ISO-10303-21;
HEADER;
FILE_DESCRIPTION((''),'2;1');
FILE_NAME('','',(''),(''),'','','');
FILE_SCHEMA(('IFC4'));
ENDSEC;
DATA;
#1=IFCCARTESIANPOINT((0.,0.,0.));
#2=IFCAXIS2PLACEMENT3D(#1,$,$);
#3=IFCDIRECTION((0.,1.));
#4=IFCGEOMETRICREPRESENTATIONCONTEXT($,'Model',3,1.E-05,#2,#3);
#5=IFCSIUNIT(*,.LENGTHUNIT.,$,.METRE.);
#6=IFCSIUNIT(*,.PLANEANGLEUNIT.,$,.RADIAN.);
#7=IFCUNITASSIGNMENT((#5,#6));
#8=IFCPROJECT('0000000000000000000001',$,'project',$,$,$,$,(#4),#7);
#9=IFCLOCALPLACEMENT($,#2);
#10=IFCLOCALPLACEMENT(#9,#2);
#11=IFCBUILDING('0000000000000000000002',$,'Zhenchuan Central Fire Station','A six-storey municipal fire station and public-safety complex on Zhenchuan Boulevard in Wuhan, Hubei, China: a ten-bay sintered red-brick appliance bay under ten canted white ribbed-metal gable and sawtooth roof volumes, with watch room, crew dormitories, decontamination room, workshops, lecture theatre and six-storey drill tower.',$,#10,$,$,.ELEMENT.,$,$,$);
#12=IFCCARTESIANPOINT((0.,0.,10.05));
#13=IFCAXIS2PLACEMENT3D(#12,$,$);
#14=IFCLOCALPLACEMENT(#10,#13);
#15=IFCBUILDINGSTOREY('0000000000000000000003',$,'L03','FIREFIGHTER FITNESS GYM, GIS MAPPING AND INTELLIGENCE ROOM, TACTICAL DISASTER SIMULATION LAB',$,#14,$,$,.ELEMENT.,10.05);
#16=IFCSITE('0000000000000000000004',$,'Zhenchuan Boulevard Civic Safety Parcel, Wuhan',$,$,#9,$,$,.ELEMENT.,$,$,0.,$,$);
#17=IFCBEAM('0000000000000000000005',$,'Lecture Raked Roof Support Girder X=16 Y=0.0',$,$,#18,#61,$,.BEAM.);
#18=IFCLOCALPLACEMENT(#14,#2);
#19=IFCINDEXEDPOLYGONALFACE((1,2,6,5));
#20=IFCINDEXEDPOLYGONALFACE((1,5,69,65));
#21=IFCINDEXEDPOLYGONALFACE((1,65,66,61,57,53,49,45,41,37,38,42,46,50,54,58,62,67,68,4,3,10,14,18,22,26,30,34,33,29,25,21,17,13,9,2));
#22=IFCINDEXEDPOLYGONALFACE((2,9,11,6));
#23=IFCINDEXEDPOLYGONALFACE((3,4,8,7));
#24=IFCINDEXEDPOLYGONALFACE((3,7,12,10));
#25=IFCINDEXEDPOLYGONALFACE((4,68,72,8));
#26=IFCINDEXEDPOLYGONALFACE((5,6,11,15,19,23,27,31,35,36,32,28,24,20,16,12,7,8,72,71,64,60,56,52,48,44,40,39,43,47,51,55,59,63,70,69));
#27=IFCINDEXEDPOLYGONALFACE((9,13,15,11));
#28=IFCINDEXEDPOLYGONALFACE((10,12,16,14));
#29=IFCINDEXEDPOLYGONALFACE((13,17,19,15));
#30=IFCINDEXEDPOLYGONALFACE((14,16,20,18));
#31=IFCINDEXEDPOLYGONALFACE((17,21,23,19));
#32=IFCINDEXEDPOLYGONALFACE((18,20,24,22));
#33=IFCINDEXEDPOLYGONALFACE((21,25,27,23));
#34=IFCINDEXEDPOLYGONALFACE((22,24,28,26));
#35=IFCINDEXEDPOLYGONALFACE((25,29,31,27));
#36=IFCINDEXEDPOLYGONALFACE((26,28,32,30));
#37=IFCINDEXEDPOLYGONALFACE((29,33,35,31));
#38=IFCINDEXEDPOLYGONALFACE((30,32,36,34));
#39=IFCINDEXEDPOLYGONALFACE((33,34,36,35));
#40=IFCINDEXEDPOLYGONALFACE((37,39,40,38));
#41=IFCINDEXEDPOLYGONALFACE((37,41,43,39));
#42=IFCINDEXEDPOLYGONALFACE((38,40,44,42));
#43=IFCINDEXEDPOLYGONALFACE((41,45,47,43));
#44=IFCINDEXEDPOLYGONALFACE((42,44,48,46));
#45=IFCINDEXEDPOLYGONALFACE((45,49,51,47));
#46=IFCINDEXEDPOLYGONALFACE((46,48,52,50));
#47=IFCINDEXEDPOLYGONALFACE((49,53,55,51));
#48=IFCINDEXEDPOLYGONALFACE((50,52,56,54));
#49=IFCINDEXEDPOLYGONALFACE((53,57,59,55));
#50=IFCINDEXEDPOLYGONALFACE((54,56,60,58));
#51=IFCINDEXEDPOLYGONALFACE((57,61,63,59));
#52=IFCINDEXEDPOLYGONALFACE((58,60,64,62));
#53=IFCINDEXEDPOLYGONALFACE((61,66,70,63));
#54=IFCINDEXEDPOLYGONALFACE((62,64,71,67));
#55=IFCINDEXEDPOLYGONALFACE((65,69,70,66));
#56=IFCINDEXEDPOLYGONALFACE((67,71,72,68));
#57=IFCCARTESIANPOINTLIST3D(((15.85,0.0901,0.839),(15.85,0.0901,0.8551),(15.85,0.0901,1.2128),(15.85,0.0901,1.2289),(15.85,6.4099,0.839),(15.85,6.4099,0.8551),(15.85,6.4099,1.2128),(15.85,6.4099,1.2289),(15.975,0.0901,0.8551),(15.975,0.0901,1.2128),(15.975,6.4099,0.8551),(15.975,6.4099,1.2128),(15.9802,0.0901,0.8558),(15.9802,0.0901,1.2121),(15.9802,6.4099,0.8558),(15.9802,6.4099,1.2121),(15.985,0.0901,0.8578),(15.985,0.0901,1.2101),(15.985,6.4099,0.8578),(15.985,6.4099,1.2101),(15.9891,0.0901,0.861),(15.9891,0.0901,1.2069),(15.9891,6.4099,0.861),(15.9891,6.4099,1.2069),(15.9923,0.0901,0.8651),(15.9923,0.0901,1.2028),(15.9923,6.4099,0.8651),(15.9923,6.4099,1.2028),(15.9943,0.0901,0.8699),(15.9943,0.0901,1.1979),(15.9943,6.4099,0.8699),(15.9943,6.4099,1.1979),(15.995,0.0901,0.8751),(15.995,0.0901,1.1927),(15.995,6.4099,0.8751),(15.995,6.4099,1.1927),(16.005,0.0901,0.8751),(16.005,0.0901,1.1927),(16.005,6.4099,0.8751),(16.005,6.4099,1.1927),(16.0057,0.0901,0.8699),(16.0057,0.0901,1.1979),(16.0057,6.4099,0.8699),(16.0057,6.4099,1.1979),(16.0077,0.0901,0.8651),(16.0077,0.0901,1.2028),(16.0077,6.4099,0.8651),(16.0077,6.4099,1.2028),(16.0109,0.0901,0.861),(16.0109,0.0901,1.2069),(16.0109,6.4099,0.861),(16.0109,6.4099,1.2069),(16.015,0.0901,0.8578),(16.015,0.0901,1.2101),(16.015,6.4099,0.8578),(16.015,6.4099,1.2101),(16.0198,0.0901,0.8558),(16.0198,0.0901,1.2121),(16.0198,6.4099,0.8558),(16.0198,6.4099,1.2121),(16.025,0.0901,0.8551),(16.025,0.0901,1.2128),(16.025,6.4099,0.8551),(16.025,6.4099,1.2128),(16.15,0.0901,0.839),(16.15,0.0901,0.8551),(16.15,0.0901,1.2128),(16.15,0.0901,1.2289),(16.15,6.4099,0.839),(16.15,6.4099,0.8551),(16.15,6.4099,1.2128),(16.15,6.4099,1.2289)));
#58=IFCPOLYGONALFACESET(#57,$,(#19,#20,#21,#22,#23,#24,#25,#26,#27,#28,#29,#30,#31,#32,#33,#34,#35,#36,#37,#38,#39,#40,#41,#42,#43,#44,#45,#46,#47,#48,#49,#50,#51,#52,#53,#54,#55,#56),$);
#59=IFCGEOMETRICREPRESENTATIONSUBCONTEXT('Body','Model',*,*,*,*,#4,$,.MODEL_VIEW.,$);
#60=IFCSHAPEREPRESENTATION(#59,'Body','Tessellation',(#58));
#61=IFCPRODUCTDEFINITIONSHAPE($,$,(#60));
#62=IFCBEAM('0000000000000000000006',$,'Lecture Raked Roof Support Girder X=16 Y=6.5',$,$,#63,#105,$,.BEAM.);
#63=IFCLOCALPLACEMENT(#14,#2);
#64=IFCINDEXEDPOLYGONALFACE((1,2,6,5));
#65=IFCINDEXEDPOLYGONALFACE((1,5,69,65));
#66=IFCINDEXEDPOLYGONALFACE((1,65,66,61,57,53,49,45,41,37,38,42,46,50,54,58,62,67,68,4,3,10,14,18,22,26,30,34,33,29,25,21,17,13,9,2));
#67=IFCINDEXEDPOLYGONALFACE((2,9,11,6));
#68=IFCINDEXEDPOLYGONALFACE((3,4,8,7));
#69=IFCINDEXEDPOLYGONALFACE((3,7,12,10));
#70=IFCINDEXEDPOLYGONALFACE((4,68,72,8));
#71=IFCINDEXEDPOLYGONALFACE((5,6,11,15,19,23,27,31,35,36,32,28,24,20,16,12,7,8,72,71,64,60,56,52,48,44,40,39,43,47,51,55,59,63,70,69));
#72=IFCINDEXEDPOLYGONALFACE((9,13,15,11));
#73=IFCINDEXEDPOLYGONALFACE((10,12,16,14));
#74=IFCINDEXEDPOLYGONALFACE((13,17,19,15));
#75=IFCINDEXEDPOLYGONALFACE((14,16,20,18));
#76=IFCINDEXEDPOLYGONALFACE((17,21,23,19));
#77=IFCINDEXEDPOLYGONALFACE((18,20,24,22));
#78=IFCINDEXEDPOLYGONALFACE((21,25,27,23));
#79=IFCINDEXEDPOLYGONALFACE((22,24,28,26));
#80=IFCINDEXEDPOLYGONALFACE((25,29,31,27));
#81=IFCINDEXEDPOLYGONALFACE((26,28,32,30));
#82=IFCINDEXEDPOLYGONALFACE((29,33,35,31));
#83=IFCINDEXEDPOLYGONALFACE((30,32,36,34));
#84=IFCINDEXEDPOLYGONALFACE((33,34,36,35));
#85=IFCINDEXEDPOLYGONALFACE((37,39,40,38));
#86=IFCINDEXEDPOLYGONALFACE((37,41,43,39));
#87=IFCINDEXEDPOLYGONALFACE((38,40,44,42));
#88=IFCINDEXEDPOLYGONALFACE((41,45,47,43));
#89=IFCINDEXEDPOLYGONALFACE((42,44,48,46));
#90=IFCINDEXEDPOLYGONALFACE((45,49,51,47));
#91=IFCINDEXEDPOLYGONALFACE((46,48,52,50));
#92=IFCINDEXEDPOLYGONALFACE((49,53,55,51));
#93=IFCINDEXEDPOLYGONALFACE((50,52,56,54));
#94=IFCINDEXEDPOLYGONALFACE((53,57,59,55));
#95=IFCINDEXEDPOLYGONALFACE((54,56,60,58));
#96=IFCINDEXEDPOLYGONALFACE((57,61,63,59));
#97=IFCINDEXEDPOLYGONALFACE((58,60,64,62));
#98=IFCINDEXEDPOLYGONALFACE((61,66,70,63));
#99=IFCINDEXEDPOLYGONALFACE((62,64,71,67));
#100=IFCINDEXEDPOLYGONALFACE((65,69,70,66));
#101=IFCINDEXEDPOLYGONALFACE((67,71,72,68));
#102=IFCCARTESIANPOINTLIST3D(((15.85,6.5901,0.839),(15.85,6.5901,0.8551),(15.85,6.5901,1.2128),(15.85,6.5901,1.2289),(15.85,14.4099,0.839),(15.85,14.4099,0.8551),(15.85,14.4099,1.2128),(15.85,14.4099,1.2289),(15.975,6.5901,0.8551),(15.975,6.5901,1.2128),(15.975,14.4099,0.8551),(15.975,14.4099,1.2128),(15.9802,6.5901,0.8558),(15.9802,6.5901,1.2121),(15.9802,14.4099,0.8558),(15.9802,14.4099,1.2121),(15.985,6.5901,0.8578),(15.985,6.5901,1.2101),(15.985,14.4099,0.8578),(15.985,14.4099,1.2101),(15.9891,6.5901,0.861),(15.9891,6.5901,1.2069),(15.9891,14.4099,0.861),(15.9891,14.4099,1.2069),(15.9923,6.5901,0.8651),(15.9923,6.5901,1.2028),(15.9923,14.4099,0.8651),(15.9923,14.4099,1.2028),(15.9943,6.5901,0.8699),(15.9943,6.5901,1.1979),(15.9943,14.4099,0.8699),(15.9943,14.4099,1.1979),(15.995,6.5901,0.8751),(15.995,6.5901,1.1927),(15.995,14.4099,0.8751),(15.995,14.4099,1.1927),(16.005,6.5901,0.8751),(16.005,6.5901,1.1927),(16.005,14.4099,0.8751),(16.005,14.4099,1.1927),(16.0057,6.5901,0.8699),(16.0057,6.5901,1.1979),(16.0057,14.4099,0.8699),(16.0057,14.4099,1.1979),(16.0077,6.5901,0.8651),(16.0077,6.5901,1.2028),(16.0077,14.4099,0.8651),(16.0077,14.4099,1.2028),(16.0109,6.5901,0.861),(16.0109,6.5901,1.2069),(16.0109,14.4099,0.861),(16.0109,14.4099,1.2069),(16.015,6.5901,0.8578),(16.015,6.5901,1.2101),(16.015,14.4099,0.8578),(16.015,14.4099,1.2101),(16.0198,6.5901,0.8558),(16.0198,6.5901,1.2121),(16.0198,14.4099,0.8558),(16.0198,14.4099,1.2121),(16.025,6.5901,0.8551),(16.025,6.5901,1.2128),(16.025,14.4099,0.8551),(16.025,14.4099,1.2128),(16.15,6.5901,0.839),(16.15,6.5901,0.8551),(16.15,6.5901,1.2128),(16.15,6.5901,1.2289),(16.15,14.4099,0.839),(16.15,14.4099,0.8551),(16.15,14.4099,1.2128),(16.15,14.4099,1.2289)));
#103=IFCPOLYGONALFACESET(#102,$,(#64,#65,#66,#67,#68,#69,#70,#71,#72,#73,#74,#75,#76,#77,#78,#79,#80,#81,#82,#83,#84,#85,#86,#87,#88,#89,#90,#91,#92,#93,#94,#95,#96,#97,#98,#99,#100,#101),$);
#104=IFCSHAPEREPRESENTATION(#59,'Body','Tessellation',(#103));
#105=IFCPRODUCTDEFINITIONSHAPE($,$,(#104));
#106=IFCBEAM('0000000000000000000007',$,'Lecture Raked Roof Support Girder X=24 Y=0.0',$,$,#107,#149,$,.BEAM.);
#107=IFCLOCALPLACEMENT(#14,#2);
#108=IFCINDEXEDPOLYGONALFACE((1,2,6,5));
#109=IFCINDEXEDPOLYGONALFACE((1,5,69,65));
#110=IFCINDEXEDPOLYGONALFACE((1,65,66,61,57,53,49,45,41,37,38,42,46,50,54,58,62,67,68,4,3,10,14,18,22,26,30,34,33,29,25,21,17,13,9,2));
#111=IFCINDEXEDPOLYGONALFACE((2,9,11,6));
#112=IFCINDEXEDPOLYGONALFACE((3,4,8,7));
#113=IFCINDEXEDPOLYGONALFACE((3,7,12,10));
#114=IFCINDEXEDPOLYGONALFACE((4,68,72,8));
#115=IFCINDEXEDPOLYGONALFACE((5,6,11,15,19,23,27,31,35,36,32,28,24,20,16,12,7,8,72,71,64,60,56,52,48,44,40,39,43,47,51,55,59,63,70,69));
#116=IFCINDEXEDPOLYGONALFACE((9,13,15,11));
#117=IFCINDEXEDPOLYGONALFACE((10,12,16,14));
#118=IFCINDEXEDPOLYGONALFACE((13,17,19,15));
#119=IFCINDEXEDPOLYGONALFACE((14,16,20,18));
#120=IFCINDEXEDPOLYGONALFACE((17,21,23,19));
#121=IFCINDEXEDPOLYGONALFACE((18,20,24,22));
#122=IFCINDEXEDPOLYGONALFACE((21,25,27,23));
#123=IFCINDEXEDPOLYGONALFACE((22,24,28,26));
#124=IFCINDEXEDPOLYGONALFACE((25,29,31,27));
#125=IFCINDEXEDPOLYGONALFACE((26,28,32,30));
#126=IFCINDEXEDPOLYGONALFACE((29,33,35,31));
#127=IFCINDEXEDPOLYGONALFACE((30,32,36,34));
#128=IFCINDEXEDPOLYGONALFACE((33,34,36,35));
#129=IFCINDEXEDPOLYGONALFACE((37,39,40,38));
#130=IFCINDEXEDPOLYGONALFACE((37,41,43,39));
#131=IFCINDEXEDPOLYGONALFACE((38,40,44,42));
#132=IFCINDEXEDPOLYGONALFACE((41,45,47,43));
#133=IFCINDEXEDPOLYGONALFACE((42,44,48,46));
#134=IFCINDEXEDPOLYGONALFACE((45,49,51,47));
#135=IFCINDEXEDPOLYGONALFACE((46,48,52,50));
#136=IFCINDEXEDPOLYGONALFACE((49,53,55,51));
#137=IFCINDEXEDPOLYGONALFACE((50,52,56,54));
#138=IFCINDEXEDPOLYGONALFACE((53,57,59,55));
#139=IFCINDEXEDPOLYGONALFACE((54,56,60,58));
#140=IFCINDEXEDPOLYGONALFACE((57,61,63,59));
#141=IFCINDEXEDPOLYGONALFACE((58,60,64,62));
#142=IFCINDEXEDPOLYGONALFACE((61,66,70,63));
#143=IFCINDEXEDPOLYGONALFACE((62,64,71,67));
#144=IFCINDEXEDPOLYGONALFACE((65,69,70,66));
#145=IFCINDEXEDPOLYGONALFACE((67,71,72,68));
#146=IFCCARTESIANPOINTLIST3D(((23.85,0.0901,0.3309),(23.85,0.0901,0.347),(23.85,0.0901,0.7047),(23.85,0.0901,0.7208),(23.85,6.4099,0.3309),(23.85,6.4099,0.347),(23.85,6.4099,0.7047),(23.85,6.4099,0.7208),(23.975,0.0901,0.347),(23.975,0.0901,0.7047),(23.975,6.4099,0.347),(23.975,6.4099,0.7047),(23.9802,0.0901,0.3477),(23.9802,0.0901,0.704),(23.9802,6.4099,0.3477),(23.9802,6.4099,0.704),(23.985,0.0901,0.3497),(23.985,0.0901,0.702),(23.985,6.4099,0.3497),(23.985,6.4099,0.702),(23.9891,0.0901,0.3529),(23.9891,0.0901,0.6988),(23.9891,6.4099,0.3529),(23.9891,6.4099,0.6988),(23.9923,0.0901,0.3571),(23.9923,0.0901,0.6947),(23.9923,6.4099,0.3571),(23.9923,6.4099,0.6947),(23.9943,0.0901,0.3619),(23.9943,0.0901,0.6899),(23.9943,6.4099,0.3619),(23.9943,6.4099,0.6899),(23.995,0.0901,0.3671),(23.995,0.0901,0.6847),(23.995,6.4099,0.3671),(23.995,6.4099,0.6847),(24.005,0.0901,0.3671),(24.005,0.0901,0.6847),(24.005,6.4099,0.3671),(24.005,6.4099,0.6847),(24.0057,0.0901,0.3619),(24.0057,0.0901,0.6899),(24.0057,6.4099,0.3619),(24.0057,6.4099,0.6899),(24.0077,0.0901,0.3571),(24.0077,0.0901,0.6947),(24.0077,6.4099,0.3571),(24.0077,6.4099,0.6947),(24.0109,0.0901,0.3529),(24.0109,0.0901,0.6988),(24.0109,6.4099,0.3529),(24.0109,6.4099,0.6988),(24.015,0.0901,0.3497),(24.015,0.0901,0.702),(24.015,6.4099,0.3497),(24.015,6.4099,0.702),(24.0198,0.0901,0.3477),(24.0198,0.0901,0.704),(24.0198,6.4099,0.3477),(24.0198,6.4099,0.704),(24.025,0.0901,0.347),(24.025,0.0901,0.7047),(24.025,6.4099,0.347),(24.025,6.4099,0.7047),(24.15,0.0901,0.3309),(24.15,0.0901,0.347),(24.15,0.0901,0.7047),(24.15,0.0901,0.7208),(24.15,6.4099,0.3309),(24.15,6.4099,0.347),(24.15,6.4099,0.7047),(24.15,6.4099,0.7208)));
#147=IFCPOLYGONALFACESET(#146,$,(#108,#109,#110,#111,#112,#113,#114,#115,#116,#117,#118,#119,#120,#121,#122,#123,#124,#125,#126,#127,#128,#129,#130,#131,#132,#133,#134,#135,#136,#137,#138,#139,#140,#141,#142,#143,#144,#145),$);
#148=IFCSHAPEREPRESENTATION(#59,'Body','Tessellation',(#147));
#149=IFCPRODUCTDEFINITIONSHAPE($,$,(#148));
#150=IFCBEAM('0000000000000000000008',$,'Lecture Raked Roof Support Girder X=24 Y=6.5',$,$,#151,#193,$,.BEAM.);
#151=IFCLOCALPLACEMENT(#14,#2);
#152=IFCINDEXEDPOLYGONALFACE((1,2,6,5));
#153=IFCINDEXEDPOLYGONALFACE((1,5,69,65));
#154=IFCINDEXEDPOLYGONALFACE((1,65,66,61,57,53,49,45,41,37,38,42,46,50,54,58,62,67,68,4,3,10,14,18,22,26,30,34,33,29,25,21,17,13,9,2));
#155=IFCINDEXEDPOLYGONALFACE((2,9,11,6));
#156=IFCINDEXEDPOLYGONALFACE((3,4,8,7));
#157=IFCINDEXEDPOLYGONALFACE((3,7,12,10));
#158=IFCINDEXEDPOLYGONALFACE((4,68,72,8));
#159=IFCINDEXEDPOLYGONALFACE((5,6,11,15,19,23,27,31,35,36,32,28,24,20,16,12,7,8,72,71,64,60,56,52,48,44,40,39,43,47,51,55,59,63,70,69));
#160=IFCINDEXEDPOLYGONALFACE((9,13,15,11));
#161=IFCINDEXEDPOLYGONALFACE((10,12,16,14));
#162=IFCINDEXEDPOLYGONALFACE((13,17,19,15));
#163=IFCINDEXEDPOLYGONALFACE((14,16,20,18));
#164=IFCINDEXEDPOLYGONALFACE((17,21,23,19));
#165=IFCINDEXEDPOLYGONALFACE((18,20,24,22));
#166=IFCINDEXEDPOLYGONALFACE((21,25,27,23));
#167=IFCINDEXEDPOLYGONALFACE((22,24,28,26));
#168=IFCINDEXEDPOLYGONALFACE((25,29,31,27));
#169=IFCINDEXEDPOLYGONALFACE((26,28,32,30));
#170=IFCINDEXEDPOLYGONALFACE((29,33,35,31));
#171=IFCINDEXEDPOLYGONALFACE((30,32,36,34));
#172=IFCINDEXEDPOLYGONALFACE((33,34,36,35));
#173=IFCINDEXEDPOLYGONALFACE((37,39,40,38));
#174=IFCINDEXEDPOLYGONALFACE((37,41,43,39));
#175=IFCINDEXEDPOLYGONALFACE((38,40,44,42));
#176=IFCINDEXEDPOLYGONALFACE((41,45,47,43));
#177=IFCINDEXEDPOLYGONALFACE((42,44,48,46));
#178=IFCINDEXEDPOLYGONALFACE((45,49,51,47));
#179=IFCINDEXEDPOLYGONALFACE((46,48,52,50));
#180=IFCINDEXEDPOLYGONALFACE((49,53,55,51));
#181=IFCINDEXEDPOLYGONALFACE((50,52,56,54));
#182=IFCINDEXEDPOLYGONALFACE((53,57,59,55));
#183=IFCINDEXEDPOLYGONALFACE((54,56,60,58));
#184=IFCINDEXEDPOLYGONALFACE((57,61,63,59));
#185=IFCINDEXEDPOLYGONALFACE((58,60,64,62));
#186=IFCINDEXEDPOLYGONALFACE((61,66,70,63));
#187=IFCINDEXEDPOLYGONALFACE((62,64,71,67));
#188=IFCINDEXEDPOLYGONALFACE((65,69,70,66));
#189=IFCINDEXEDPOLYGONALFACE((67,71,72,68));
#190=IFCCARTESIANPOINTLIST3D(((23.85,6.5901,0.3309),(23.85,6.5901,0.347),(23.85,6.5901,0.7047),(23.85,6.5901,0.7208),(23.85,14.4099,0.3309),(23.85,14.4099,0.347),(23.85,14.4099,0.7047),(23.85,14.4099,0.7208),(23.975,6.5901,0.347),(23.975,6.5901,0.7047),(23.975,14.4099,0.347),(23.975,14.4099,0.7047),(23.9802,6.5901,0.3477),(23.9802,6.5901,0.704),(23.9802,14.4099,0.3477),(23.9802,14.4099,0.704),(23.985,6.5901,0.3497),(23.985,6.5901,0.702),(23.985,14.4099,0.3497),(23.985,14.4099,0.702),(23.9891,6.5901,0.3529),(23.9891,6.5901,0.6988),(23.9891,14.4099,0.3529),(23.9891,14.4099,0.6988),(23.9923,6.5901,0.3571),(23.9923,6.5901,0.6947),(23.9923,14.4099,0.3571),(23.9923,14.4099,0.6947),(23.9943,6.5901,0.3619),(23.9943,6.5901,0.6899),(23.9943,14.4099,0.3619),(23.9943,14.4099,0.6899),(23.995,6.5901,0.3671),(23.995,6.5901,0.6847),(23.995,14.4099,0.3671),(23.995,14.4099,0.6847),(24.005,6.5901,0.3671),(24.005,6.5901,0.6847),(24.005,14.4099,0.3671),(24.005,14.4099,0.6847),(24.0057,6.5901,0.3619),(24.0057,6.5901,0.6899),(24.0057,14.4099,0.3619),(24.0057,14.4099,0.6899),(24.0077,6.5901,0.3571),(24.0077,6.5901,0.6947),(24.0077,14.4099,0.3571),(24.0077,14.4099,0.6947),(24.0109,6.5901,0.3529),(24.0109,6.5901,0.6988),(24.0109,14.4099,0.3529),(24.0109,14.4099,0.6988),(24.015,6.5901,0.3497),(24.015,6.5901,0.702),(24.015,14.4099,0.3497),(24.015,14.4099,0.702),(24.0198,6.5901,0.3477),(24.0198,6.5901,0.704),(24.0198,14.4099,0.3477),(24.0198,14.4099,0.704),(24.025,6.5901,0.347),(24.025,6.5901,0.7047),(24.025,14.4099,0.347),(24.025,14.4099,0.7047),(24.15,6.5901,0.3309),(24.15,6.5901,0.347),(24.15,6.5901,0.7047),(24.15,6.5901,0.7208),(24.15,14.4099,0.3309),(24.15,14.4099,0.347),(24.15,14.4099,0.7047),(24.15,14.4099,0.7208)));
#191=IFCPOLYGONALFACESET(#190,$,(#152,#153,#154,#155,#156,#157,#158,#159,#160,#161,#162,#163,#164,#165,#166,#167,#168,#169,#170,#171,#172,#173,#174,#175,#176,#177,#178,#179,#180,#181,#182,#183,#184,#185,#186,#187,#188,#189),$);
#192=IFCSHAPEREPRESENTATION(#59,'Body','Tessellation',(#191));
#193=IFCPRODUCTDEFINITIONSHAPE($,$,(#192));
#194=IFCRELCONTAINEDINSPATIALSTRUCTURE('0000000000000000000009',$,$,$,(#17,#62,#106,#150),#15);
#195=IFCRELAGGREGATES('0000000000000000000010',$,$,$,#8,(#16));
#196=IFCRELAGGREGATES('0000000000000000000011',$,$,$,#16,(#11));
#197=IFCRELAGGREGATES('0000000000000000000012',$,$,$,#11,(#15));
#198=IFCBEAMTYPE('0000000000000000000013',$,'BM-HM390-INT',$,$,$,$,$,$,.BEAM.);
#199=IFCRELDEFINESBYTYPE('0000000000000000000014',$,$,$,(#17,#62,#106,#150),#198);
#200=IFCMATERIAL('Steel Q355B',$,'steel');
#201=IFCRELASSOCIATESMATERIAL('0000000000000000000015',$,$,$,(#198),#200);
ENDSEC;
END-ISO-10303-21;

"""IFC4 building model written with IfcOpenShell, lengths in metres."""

from ifc_helpers import new_model, si_unit, direction, frame, origin, origin_2d, place, context, subcontext, project, spatial, i_section, extrude, material, material_profile, profile_set, type_object, element, save


model = new_model("IFC4")

# Units and contexts
model_context = context("Model", 3, precision=1e-05, world=origin(), true_north=direction((0.0, 1.0)))
body_context = subcontext(model_context, "Body", "Model", "MODEL_VIEW")
ifc_project = project(units=[si_unit("LENGTHUNIT", "METRE"), si_unit("PLANEANGLEUNIT", "RADIAN")], contexts=[model_context])

# Site, building, storey
site_placement = place(None, origin())
site = spatial("IfcSite", under=ifc_project, at=site_placement, Name="Zhenchuan Boulevard Civic Safety Parcel, Wuhan", CompositionType="ELEMENT", RefElevation=0.0)
building_placement = place(site_placement, origin())
building = spatial("IfcBuilding", under=site, at=building_placement, Name="Zhenchuan Central Fire Station", Description="A six-storey municipal fire station and public-safety complex on Zhenchuan Boulevard in Wuhan, Hubei, China: a ten-bay sintered red-brick appliance bay under ten canted white ribbed-metal gable and sawtooth roof volumes, with watch room, crew dormitories, decontamination room, workshops, lecture theatre and six-storey drill tower.", CompositionType="ELEMENT")
storey_placement = place(building_placement, frame((0.0, 0.0, 10.05)))
storey = spatial("IfcBuildingStorey", under=building, at=storey_placement, Name="L03", Description="FIREFIGHTER FITNESS GYM, GIS MAPPING AND INTELLIGENCE ROOM, TACTICAL DISASTER SIMULATION LAB", CompositionType="ELEMENT", Elevation=10.05)

# Beams
ifc_material = material(Name="Steel Q355B", Category="steel")
ifc_material_profile_1 = material_profile(ifc_material, i_section(OverallWidth=0.3, OverallDepth=0.3899, WebThickness=0.01, FlangeThickness=0.0161, FilletRadius=0.02, at=origin_2d()), Name="HM 390x300")
ifc_profile_set_1 = profile_set([ifc_material_profile_1], Name="Steel Q355B")
beam_type = type_object("IfcBeamType", Name="BM-HM390-INT", PredefinedType="BEAM", material=ifc_profile_set_1)
beam_1_placement = place(storey_placement, frame((16.0, 0.0901, 1.0339), z_axis=(0.0, 1.0, 0.0), x_axis=(-1.0, 0.0, 0.0)))
element("IfcBeam", 1, at=beam_1_placement, inside=storey, type_object=beam_type, Name="Lecture Raked Roof Support Girder X=16 Y=0.0", PredefinedType="BEAM", context=body_context, shape_type="SweptSolid", body=[
    extrude(i_section(OverallWidth=0.3, OverallDepth=0.3899, WebThickness=0.01, FlangeThickness=0.0161, FilletRadius=0.02, at=origin_2d()), origin(), (0.0, 0.0, 1.0), 6.3198),
])
beam_2_placement = place(storey_placement, frame((16.0, 6.5901, 1.0339), z_axis=(0.0, 1.0, 0.0), x_axis=(-1.0, 0.0, 0.0)))
element("IfcBeam", 2, at=beam_2_placement, inside=storey, type_object=beam_type, Name="Lecture Raked Roof Support Girder X=16 Y=6.5", PredefinedType="BEAM", context=body_context, shape_type="SweptSolid", body=[
    extrude(i_section(OverallWidth=0.3, OverallDepth=0.3899, WebThickness=0.01, FlangeThickness=0.0161, FilletRadius=0.02, at=origin_2d()), origin(), (0.0, 0.0, 1.0), 7.8198),
])
beam_3_placement = place(storey_placement, frame((24.0, 0.0901, 0.5259), z_axis=(0.0, 1.0, 0.0), x_axis=(-1.0, 0.0, 0.0)))
element("IfcBeam", 3, at=beam_3_placement, inside=storey, type_object=beam_type, Name="Lecture Raked Roof Support Girder X=24 Y=0.0", PredefinedType="BEAM", context=body_context, shape_type="SweptSolid", body=[
    extrude(i_section(OverallWidth=0.3, OverallDepth=0.3899, WebThickness=0.01, FlangeThickness=0.0161, FilletRadius=0.02, at=origin_2d()), origin(), (0.0, 0.0, 1.0), 6.3198),
])
beam_4_placement = place(storey_placement, frame((24.0, 6.5901, 0.5259), z_axis=(0.0, 1.0, 0.0), x_axis=(-1.0, 0.0, 0.0)))
element("IfcBeam", 4, at=beam_4_placement, inside=storey, type_object=beam_type, Name="Lecture Raked Roof Support Girder X=24 Y=6.5", PredefinedType="BEAM", context=body_context, shape_type="SweptSolid", body=[
    extrude(i_section(OverallWidth=0.3, OverallDepth=0.3899, WebThickness=0.01, FlangeThickness=0.0161, FilletRadius=0.02, at=origin_2d()), origin(), (0.0, 0.0, 1.0), 7.8198),
])

save(model, "model.ifc")
